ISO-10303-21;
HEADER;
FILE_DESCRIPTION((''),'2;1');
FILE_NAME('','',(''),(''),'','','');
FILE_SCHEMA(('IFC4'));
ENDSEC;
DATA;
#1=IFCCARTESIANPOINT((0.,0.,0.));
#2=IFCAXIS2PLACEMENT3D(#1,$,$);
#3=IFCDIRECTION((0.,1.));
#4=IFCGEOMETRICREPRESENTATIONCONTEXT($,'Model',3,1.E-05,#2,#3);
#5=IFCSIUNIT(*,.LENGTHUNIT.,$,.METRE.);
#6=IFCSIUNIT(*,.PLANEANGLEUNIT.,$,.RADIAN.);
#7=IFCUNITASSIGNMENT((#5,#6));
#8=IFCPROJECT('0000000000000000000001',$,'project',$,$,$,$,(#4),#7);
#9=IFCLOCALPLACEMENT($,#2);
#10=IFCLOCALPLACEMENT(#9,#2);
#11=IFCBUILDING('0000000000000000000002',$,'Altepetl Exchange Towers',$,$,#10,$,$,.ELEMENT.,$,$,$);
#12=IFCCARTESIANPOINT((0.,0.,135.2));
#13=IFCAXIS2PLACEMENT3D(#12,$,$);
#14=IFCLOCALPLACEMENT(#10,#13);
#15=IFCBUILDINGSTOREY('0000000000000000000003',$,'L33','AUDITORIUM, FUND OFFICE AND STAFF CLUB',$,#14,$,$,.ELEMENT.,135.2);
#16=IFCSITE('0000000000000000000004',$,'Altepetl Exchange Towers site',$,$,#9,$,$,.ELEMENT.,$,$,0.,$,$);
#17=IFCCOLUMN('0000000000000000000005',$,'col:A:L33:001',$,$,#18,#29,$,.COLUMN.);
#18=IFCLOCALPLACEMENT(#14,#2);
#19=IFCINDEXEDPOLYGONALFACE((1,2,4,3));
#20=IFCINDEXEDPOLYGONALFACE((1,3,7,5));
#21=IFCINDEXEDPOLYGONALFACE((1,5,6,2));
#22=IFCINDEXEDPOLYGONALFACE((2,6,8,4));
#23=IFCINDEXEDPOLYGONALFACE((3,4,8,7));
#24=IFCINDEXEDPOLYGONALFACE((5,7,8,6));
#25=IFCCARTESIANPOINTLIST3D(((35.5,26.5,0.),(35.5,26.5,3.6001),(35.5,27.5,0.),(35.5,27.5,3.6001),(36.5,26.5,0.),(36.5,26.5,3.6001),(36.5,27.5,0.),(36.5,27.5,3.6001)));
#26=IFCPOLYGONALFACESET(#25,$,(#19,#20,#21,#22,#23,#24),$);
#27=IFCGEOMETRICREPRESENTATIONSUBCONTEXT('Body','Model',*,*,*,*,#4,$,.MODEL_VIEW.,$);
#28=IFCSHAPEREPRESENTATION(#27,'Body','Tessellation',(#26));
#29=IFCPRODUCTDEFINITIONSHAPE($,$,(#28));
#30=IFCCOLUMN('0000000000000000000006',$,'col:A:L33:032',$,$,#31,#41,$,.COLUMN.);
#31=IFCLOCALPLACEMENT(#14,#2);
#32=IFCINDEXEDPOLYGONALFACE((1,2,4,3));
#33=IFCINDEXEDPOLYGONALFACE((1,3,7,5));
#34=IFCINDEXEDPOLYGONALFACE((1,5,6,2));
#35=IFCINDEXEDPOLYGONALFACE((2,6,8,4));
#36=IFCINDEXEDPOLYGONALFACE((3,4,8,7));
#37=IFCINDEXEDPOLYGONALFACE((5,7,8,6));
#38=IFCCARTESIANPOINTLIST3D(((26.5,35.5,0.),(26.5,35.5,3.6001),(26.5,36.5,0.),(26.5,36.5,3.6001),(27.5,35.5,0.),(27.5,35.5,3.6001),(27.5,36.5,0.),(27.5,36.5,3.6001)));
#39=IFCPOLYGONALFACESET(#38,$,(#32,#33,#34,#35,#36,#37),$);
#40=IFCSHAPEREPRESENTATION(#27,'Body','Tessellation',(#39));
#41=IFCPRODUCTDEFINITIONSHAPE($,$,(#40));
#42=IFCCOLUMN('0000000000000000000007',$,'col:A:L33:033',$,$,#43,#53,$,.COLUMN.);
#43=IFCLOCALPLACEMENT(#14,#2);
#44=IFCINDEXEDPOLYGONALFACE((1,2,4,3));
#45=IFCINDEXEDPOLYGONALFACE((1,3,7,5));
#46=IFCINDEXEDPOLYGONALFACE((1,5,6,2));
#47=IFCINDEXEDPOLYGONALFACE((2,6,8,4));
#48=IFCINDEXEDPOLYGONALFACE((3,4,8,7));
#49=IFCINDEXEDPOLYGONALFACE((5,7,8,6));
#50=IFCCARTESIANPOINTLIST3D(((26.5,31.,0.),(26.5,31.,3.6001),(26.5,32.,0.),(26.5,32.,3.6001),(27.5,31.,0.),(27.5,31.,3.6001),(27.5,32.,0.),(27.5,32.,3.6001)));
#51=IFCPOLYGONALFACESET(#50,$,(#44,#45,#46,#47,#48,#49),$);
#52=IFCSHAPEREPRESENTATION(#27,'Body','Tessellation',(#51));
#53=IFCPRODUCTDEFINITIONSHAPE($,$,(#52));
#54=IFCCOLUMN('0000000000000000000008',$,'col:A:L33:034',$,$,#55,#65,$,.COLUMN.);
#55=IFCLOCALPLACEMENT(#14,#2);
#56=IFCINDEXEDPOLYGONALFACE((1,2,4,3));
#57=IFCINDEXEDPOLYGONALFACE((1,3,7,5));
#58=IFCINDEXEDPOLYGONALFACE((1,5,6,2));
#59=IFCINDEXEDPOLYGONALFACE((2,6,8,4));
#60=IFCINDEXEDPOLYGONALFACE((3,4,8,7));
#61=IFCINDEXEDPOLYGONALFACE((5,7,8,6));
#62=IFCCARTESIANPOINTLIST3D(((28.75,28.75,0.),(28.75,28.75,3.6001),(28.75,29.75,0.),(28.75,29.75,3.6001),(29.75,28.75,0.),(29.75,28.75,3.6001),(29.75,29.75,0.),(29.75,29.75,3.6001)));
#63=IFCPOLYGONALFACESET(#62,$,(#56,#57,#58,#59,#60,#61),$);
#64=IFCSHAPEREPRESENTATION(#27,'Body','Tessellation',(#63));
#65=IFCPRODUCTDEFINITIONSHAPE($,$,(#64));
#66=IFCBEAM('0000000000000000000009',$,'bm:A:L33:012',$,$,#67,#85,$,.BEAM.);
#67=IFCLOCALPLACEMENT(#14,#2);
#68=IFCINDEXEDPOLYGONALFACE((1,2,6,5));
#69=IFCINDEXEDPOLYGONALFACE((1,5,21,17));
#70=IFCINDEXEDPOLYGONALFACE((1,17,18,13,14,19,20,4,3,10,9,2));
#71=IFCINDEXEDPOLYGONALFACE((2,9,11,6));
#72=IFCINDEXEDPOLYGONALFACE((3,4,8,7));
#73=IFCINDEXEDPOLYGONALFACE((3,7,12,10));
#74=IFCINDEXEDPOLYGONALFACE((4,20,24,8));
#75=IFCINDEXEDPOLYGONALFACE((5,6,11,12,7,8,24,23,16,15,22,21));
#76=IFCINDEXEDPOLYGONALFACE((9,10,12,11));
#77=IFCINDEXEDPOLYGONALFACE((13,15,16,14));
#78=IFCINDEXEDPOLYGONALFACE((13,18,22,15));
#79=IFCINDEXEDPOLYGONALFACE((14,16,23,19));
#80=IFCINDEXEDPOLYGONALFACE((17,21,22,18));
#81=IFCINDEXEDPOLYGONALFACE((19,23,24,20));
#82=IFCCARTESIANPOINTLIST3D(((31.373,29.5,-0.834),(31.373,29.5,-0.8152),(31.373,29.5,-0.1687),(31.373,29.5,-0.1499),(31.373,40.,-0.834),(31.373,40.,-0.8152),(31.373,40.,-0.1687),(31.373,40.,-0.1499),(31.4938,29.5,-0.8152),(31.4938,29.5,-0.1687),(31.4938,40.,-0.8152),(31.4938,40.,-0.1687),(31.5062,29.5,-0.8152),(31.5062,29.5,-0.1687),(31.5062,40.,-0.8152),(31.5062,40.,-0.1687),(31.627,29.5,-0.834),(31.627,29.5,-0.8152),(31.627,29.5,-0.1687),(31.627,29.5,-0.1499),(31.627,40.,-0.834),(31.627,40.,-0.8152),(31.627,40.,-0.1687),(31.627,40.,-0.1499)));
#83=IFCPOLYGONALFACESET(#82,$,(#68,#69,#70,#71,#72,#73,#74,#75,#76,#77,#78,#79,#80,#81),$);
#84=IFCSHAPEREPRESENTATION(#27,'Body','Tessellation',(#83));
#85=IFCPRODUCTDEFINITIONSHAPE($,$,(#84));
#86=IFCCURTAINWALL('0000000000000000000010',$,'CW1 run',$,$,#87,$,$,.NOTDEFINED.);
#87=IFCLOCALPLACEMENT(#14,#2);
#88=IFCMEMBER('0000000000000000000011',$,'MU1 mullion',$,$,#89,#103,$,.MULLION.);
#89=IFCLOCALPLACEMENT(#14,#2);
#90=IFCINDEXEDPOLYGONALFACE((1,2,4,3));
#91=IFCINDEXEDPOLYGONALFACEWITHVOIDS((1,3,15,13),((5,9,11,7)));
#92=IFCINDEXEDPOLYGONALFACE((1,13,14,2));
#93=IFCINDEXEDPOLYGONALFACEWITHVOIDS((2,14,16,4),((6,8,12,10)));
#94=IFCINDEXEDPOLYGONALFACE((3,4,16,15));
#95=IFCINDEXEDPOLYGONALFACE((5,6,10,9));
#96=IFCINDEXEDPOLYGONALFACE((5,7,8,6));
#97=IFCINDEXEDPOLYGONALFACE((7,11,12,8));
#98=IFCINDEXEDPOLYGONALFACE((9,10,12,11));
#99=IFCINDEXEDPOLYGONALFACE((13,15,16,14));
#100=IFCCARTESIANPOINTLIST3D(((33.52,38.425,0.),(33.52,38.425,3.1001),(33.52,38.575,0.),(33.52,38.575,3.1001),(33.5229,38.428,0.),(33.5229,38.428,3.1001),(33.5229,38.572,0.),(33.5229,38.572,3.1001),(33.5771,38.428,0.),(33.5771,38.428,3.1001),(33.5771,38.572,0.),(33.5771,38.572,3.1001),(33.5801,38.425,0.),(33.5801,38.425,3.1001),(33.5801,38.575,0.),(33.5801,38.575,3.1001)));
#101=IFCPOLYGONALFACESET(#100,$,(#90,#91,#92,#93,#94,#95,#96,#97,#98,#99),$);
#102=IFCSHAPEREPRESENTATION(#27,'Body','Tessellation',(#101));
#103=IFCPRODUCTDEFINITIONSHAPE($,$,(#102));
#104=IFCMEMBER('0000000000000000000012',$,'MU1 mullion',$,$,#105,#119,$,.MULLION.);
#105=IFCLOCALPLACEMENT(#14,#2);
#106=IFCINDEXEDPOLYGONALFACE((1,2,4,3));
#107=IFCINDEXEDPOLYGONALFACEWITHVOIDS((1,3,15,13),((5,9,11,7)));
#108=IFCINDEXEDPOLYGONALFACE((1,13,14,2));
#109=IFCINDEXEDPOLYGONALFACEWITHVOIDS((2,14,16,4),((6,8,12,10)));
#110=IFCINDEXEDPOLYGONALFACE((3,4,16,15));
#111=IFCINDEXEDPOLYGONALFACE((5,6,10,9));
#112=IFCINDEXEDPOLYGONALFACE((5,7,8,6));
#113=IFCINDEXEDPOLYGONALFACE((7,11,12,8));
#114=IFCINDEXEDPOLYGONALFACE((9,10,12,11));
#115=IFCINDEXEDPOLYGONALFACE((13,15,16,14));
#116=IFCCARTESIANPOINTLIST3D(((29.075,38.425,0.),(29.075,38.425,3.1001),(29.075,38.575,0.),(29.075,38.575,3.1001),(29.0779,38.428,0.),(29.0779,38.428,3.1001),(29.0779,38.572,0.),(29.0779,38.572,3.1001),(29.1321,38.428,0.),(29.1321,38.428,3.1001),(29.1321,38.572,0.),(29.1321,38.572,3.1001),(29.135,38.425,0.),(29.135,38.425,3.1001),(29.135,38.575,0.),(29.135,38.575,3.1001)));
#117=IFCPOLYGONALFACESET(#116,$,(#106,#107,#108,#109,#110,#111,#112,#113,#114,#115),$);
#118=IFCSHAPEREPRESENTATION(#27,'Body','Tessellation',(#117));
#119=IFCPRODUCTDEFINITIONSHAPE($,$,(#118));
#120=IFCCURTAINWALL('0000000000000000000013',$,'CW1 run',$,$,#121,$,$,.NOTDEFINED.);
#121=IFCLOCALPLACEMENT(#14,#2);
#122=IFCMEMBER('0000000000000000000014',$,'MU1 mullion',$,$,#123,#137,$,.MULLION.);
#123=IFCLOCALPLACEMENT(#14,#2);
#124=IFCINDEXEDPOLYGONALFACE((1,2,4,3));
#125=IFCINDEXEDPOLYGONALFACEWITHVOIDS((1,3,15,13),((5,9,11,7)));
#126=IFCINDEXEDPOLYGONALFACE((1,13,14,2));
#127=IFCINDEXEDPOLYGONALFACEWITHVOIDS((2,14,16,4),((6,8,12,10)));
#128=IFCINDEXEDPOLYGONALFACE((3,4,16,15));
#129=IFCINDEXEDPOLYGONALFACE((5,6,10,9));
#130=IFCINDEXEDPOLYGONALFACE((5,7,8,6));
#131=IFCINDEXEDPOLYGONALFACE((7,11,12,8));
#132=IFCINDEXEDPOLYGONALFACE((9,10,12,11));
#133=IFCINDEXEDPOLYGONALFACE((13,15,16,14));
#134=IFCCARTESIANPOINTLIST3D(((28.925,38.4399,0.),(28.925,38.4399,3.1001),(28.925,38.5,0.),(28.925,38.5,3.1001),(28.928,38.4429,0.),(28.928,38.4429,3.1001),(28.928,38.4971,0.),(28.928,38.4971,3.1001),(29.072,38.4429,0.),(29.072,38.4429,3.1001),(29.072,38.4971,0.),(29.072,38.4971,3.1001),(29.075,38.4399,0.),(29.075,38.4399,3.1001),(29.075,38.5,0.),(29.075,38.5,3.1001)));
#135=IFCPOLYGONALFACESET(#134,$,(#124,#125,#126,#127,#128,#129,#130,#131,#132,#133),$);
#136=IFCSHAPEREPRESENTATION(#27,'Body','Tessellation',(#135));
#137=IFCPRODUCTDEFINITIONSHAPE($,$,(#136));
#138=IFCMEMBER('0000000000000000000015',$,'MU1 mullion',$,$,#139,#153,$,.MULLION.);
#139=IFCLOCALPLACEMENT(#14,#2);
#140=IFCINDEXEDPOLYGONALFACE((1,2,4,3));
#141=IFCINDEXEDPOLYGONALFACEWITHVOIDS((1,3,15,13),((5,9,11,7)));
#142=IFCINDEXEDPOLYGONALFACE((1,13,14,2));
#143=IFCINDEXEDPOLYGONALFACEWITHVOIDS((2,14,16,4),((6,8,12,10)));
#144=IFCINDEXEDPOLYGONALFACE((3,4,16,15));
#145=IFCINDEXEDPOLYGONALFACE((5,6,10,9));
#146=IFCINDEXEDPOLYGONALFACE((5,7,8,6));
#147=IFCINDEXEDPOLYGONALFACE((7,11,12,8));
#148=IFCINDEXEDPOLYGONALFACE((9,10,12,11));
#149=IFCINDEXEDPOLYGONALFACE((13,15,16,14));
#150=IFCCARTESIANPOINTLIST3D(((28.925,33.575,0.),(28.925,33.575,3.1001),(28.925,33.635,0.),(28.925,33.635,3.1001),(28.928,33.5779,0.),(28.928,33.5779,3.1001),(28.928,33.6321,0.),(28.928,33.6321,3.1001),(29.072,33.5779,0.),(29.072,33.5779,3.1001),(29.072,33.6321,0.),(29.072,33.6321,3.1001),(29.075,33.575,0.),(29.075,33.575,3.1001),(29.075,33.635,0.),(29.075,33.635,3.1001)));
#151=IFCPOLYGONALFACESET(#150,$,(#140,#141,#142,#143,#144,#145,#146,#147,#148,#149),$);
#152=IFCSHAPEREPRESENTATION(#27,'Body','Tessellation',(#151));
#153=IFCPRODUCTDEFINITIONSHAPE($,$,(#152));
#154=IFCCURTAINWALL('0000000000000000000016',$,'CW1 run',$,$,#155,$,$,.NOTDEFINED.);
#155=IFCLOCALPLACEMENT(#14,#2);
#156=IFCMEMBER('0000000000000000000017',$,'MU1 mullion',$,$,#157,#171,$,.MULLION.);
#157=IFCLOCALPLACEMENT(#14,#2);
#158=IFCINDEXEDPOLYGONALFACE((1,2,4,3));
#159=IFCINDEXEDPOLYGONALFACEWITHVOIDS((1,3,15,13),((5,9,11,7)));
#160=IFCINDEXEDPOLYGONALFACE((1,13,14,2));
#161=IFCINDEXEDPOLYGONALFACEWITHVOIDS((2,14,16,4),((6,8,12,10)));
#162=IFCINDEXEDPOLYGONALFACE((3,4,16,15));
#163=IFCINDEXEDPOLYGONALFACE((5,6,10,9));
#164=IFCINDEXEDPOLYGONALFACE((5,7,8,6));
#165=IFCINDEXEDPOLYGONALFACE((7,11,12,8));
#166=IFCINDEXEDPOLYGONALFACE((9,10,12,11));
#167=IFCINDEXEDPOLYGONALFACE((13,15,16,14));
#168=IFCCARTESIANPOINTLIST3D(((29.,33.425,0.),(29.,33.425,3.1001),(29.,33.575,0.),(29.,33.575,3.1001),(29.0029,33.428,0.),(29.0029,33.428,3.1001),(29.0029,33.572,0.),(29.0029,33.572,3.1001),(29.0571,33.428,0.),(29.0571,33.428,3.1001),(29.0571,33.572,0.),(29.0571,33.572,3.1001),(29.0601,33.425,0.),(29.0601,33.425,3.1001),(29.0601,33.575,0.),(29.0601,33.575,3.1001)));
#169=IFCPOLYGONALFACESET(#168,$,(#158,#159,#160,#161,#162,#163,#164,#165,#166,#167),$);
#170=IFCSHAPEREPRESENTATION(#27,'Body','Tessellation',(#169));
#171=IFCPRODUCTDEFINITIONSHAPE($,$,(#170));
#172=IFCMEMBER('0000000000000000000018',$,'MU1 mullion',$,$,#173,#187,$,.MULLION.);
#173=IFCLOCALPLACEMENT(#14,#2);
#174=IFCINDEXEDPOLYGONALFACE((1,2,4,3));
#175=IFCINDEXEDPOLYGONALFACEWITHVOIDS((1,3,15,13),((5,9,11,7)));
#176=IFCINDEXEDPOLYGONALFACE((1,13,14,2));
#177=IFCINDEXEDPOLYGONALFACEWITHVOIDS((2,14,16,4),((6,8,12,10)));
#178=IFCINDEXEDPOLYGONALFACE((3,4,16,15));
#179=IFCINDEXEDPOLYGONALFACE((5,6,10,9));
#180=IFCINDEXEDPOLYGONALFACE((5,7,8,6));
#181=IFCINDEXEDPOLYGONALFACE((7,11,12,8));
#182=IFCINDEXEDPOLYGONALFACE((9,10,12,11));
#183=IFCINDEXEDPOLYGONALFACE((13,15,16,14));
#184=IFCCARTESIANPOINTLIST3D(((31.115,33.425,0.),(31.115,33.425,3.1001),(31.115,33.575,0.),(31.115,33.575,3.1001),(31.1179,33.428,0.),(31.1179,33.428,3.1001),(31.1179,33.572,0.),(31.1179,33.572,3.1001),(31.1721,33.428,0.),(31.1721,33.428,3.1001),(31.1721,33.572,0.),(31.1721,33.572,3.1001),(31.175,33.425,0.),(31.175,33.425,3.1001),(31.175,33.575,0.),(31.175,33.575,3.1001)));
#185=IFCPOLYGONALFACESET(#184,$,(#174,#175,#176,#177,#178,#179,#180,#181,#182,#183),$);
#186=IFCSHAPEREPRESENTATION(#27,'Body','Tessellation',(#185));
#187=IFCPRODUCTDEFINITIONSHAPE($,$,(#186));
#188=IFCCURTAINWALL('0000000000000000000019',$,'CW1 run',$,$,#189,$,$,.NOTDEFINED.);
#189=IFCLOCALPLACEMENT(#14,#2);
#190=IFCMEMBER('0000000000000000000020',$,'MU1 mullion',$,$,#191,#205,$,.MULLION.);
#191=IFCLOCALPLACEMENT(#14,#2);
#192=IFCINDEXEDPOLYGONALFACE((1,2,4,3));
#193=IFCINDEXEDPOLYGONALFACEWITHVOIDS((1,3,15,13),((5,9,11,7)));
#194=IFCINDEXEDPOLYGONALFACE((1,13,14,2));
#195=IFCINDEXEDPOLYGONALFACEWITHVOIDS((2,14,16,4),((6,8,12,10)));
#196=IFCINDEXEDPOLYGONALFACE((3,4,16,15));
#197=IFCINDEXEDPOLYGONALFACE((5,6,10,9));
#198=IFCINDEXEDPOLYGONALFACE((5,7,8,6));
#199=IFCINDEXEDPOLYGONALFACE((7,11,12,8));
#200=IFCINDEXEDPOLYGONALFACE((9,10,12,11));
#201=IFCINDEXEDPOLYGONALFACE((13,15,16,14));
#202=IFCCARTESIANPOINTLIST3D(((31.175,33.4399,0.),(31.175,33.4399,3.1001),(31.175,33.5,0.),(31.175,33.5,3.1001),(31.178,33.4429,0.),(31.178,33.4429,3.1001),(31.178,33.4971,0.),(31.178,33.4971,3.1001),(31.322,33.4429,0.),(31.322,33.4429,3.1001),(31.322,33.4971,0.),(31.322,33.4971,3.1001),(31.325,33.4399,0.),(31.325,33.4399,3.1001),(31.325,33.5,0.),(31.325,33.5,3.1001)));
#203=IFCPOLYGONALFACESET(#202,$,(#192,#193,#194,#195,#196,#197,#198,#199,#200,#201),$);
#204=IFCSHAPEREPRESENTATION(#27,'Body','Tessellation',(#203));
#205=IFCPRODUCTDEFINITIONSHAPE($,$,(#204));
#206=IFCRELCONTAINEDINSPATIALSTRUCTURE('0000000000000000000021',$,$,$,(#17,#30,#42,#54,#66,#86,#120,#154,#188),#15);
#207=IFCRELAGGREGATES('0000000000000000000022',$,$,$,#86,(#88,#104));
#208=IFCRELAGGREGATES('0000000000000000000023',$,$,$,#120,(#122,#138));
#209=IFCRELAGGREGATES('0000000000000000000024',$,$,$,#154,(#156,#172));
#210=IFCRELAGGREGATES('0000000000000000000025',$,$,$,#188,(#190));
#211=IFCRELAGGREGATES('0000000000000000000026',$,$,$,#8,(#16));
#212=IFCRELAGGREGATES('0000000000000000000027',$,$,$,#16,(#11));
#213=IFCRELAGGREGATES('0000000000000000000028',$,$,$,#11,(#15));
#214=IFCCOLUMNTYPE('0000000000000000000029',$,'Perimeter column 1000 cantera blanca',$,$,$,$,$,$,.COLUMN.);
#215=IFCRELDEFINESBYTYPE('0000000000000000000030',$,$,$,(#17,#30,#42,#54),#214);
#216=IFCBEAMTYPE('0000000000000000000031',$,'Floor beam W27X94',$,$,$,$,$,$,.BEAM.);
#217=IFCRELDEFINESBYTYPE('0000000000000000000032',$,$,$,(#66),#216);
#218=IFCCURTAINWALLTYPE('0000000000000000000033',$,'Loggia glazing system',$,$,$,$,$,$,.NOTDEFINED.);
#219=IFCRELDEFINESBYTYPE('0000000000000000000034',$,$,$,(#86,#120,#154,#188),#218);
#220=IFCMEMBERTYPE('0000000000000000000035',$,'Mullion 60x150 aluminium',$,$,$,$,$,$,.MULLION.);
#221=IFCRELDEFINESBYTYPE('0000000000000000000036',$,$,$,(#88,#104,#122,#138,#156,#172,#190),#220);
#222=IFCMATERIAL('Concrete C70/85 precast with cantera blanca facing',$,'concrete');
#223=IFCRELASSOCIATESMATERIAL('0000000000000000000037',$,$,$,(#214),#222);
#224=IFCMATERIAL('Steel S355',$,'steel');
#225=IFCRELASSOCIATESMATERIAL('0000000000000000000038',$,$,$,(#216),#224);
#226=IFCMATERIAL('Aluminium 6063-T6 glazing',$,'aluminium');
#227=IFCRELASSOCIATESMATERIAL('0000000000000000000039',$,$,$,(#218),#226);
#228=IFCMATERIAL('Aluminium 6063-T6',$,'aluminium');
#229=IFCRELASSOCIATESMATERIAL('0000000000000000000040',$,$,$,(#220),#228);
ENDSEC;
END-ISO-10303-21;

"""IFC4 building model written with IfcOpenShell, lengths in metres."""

from ifc_helpers import new_model, si_unit, direction, frame, origin, origin_2d, place, context, subcontext, project, spatial, rectangle, hollow_rectangle, i_section, extrude, material, material_profile, profile_set, type_object, element, aggregate, save


model = new_model("IFC4")

# Units and contexts
model_context = context("Model", 3, precision=1e-05, world=origin(), true_north=direction((0.0, 1.0)))
body_context = subcontext(model_context, "Body", "Model", "MODEL_VIEW")
ifc_project = project(units=[si_unit("LENGTHUNIT", "METRE"), si_unit("PLANEANGLEUNIT", "RADIAN")], contexts=[model_context])

# Site, building, storey
site_placement = place(None, origin())
site = spatial("IfcSite", under=ifc_project, at=site_placement, Name="Altepetl Exchange Towers site", CompositionType="ELEMENT", RefElevation=0.0)
building_placement = place(site_placement, origin())
building = spatial("IfcBuilding", under=site, at=building_placement, Name="Altepetl Exchange Towers", CompositionType="ELEMENT")
storey_placement = place(building_placement, frame((0.0, 0.0, 135.2)))
storey = spatial("IfcBuildingStorey", under=building, at=storey_placement, Name="L33", Description="AUDITORIUM, FUND OFFICE AND STAFF CLUB", CompositionType="ELEMENT", Elevation=135.2)

# Columns
ifc_material_1 = material(Name="Concrete C70/85 precast with cantera blanca facing", Category="concrete")
ifc_material_profile_1 = material_profile(ifc_material_1, rectangle(XDim=1.0, YDim=1.0, at=origin_2d()), Name="1000 x 1000")
ifc_profile_set_1 = profile_set([ifc_material_profile_1], Name="Concrete C70/85 precast with cantera blanca facing")
column_type = type_object("IfcColumnType", Name="Perimeter column 1000 cantera blanca", PredefinedType="COLUMN", material=ifc_profile_set_1)
for number, where, name in (
    (1, (36.0, 27.0, 0.0), "col:A:L33:001"),
    (2, (27.0, 36.0, 0.0), "col:A:L33:032"),
    (3, (27.0, 31.5, 0.0), "col:A:L33:033"),
    (4, (29.25, 29.25, 0.0), "col:A:L33:034"),
):
    element("IfcColumn", number, at=place(storey_placement, frame(where)), inside=storey, type_object=column_type, Name=name, PredefinedType="COLUMN", context=body_context, shape_type="SweptSolid", body=[
        extrude(rectangle(XDim=1.0, YDim=1.0, at=origin_2d()), origin(), (0.0, 0.0, 1.0), 3.6001),
    ])

# Beam
ifc_material_2 = material(Name="Steel S355", Category="steel")
ifc_material_profile_2 = material_profile(ifc_material_2, i_section(OverallWidth=0.2539, OverallDepth=0.6841, WebThickness=0.0125, FlangeThickness=0.0188, at=origin_2d()), Name="W27X94")
ifc_profile_set_2 = profile_set([ifc_material_profile_2], Name="Steel S355")
beam_type_1 = type_object("IfcBeamType", Name="Floor beam W27X94", PredefinedType="BEAM", material=ifc_profile_set_2)
beam_1_placement = place(storey_placement, frame((31.5, 29.5, -0.4919), z_axis=(0.0, 1.0, 0.0), x_axis=(-1.0, 0.0, 0.0)))
element("IfcBeam", 5, at=beam_1_placement, inside=storey, type_object=beam_type_1, Name="bm:A:L33:012", PredefinedType="BEAM", context=body_context, shape_type="SweptSolid", body=[
    extrude(i_section(OverallWidth=0.2539, OverallDepth=0.6841, WebThickness=0.0125, FlangeThickness=0.0188, at=origin_2d()), origin(), (0.0, 0.0, 1.0), 10.5),
])

# Curtain walls, members
ifc_material_3 = material(Name="Aluminium 6063-T6 glazing", Category="aluminium")
curtain_wall_type = type_object("IfcCurtainWallType", Name="Loggia glazing system", PredefinedType="NOTDEFINED", material=ifc_material_3)
curtain_wall_1_placement = place(storey_placement, origin())
curtain_wall_1 = element("IfcCurtainWall", 6, at=curtain_wall_1_placement, inside=storey, type_object=curtain_wall_type, Name="CW1 run", PredefinedType="NOTDEFINED")
ifc_material_4 = material(Name="Aluminium 6063-T6", Category="aluminium")
ifc_material_profile_3 = material_profile(ifc_material_4, hollow_rectangle(XDim=0.0601, YDim=0.1499, WallThickness=0.0029, at=origin_2d()), Name="Mullion 60x150 aluminium")
ifc_profile_set_3 = profile_set([ifc_material_profile_3], Name="Aluminium 6063-T6")
member_type = type_object("IfcMemberType", Name="Mullion 60x150 aluminium", PredefinedType="MULLION", material=ifc_profile_set_3)
member_1_placement = place(storey_placement, frame((33.55, 38.5, 0.0), z_axis=(0.0, 0.0, 1.0), x_axis=(-1.0, 0.0, 0.0)))
member_1 = element("IfcMember", 7, at=member_1_placement, type_object=member_type, Name="MU1 mullion", PredefinedType="MULLION", context=body_context, shape_type="SweptSolid", body=[
    extrude(hollow_rectangle(XDim=0.0601, YDim=0.1499, WallThickness=0.0029, at=origin_2d()), origin(), (0.0, 0.0, 1.0), 3.1001),
])
member_2_placement = place(storey_placement, frame((29.105, 38.5, 0.0), z_axis=(0.0, 0.0, 1.0), x_axis=(-1.0, 0.0, 0.0)))
member_2 = element("IfcMember", 8, at=member_2_placement, type_object=member_type, Name="MU1 mullion", PredefinedType="MULLION", context=body_context, shape_type="SweptSolid", body=[
    extrude(hollow_rectangle(XDim=0.0601, YDim=0.1499, WallThickness=0.0029, at=origin_2d()), origin(), (0.0, 0.0, 1.0), 3.1001),
])
curtain_wall_2_placement = place(storey_placement, origin())
curtain_wall_2 = element("IfcCurtainWall", 9, at=curtain_wall_2_placement, inside=storey, type_object=curtain_wall_type, Name="CW1 run", PredefinedType="NOTDEFINED")
member_3_placement = place(storey_placement, frame((29.0, 38.47, 0.0), z_axis=(0.0, 0.0, 1.0), x_axis=(0.0, -1.0, 0.0)))
member_3 = element("IfcMember", 10, at=member_3_placement, type_object=member_type, Name="MU1 mullion", PredefinedType="MULLION", context=body_context, shape_type="SweptSolid", body=[
    extrude(hollow_rectangle(XDim=0.0601, YDim=0.1499, WallThickness=0.0029, at=origin_2d()), origin(), (0.0, 0.0, 1.0), 3.1001),
])
member_4_placement = place(storey_placement, frame((29.0, 33.605, 0.0), z_axis=(0.0, 0.0, 1.0), x_axis=(0.0, -1.0, 0.0)))
member_4 = element("IfcMember", 11, at=member_4_placement, type_object=member_type, Name="MU1 mullion", PredefinedType="MULLION", context=body_context, shape_type="SweptSolid", body=[
    extrude(hollow_rectangle(XDim=0.0601, YDim=0.1499, WallThickness=0.0029, at=origin_2d()), origin(), (0.0, 0.0, 1.0), 3.1001),
])
curtain_wall_3_placement = place(storey_placement, origin())
curtain_wall_3 = element("IfcCurtainWall", 12, at=curtain_wall_3_placement, inside=storey, type_object=curtain_wall_type, Name="CW1 run", PredefinedType="NOTDEFINED")
member_5_placement = place(storey_placement, frame((29.03, 33.5, 0.0)))
member_5 = element("IfcMember", 13, at=member_5_placement, type_object=member_type, Name="MU1 mullion", PredefinedType="MULLION", context=body_context, shape_type="SweptSolid", body=[
    extrude(hollow_rectangle(XDim=0.0601, YDim=0.1499, WallThickness=0.0029, at=origin_2d()), origin(), (0.0, 0.0, 1.0), 3.1001),
])
member_6_placement = place(storey_placement, frame((31.145, 33.5, 0.0)))
member_6 = element("IfcMember", 14, at=member_6_placement, type_object=member_type, Name="MU1 mullion", PredefinedType="MULLION", context=body_context, shape_type="SweptSolid", body=[
    extrude(hollow_rectangle(XDim=0.0601, YDim=0.1499, WallThickness=0.0029, at=origin_2d()), origin(), (0.0, 0.0, 1.0), 3.1001),
])
curtain_wall_4_placement = place(storey_placement, origin())
curtain_wall_4 = element("IfcCurtainWall", 15, at=curtain_wall_4_placement, inside=storey, type_object=curtain_wall_type, Name="CW1 run", PredefinedType="NOTDEFINED")
member_7_placement = place(storey_placement, frame((31.25, 33.47, 0.0), z_axis=(0.0, 0.0, 1.0), x_axis=(0.0, -1.0, 0.0)))
member_7 = element("IfcMember", 16, at=member_7_placement, type_object=member_type, Name="MU1 mullion", PredefinedType="MULLION", context=body_context, shape_type="SweptSolid", body=[
    extrude(hollow_rectangle(XDim=0.0601, YDim=0.1499, WallThickness=0.0029, at=origin_2d()), origin(), (0.0, 0.0, 1.0), 3.1001),
])

aggregate(curtain_wall_1, [member_1, member_2])
aggregate(curtain_wall_2, [member_3, member_4])
aggregate(curtain_wall_3, [member_5, member_6])
aggregate(curtain_wall_4, [member_7])

save(model, "model.ifc")
